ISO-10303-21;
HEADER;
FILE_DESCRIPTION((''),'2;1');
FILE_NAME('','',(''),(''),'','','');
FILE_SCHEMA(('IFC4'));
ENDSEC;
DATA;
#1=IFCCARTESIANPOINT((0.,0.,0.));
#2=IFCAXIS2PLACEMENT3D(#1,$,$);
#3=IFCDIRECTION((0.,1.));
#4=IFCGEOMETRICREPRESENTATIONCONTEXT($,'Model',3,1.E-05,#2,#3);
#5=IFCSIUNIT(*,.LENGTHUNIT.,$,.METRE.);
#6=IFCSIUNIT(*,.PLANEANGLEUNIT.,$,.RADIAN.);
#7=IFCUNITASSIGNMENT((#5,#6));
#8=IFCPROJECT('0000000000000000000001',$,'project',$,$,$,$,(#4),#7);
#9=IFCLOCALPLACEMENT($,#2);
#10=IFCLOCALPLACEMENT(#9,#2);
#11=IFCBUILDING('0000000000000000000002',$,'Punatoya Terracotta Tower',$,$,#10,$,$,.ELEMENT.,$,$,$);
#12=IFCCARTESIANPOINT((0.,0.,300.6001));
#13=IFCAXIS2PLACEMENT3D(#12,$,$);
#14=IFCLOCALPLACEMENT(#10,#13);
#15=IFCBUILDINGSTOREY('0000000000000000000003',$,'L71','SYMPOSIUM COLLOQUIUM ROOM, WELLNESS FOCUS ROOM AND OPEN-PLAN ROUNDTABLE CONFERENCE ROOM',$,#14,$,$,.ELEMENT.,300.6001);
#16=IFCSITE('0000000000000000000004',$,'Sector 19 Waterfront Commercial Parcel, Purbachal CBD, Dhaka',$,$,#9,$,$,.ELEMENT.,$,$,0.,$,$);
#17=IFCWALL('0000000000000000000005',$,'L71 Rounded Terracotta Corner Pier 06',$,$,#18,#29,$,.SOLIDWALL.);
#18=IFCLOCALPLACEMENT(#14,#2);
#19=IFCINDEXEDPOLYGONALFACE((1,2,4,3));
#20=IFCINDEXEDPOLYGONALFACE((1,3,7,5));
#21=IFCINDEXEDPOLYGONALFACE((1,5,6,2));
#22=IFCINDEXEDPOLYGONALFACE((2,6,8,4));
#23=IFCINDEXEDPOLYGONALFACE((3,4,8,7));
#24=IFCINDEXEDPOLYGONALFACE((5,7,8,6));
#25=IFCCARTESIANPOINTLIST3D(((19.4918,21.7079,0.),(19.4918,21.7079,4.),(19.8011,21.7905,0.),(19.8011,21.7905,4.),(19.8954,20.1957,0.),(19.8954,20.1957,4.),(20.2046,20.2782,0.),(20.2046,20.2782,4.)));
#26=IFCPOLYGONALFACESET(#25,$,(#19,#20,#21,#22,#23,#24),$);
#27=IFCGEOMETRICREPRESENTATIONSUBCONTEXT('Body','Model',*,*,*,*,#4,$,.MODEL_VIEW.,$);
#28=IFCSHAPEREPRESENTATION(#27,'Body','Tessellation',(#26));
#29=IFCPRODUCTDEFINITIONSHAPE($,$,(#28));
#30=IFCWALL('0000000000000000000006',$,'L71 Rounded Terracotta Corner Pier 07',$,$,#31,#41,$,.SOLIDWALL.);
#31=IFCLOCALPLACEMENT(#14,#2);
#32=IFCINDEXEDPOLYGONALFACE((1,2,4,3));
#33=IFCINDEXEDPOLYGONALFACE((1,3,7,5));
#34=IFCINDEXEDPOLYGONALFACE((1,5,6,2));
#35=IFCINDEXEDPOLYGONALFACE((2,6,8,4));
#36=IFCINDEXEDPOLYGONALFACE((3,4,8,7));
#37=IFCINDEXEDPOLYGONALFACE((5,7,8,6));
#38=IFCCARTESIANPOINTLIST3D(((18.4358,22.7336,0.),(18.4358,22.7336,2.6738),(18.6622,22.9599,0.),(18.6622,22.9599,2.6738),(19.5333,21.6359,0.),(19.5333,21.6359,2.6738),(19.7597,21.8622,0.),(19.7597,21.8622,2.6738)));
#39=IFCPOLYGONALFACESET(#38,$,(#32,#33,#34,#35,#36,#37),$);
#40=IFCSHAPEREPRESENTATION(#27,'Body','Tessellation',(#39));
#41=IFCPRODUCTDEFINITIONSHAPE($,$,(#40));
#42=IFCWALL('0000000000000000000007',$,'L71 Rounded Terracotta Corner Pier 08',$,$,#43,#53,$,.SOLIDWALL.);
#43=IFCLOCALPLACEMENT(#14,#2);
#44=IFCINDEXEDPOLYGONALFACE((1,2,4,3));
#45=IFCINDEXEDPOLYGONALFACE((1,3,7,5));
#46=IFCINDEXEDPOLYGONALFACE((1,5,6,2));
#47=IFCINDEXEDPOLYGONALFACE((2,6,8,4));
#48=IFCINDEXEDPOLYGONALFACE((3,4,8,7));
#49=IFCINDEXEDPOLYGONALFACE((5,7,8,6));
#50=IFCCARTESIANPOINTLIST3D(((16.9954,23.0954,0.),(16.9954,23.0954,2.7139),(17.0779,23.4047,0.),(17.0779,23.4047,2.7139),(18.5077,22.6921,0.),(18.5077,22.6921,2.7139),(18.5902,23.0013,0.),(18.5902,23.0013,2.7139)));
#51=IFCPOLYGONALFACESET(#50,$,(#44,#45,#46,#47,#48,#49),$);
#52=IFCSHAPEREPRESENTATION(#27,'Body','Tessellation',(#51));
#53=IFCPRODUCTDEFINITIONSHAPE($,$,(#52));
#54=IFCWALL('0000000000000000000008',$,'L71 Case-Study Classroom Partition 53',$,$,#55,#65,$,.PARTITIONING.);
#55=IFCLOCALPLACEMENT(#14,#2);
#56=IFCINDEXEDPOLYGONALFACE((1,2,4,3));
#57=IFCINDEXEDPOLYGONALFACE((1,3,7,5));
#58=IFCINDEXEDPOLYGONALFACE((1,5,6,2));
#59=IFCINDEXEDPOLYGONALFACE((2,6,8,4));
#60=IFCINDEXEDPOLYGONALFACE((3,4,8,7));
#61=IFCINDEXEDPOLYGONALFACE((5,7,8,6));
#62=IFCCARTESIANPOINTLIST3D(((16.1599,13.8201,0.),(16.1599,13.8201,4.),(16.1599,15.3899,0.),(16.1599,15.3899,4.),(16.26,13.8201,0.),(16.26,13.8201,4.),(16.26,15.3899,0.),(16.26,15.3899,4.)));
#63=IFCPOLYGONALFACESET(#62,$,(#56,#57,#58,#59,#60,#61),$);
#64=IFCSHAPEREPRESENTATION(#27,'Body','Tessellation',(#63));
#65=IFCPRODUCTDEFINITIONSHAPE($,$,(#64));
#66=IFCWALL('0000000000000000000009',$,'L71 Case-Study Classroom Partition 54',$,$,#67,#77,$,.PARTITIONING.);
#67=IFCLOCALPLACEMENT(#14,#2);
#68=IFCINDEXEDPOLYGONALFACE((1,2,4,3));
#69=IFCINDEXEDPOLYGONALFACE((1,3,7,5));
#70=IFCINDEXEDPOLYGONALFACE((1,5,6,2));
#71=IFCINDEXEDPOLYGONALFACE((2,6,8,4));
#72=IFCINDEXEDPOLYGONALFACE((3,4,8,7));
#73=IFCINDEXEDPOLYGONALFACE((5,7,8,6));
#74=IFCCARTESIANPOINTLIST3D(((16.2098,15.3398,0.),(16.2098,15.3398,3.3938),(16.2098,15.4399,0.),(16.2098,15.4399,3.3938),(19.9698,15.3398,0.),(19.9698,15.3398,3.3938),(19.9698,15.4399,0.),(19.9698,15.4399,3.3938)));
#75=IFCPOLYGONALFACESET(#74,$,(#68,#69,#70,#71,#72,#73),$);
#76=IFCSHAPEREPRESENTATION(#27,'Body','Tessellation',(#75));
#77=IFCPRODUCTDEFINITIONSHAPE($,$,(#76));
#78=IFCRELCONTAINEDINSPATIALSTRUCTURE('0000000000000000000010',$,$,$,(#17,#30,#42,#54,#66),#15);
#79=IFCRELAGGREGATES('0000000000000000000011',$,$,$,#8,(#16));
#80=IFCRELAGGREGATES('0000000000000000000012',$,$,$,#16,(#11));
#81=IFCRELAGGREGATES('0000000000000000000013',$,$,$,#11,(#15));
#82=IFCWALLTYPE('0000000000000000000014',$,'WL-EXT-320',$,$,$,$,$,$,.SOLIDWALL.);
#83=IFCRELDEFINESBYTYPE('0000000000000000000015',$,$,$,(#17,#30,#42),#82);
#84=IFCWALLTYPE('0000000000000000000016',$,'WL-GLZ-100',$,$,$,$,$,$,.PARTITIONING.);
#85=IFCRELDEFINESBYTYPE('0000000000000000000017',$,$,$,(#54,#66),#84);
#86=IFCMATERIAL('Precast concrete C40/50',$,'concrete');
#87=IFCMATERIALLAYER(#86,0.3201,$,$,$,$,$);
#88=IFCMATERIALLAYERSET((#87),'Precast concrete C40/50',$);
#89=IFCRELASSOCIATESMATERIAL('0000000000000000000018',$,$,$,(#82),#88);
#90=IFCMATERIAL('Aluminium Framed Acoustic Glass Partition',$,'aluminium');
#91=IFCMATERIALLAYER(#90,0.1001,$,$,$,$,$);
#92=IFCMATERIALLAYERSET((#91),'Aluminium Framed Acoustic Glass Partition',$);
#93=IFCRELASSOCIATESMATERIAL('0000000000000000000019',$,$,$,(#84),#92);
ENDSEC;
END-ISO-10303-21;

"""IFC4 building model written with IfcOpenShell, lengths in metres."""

from ifc_helpers import new_model, si_unit, direction, frame, frame_2d, origin, place, context, subcontext, project, spatial, rectangle, extrude, material, layer, layer_set, type_object, element, save


model = new_model("IFC4")

# Units and contexts
model_context = context("Model", 3, precision=1e-05, world=origin(), true_north=direction((0.0, 1.0)))
body_context = subcontext(model_context, "Body", "Model", "MODEL_VIEW")
ifc_project = project(units=[si_unit("LENGTHUNIT", "METRE"), si_unit("PLANEANGLEUNIT", "RADIAN")], contexts=[model_context])

# Site, building, storey
site_placement = place(None, origin())
site = spatial("IfcSite", under=ifc_project, at=site_placement, Name="Sector 19 Waterfront Commercial Parcel, Purbachal CBD, Dhaka", CompositionType="ELEMENT", RefElevation=0.0)
building_placement = place(site_placement, origin())
building = spatial("IfcBuilding", under=site, at=building_placement, Name="Punatoya Terracotta Tower", CompositionType="ELEMENT")
storey_placement = place(building_placement, frame((0.0, 0.0, 300.6001)))
storey = spatial("IfcBuildingStorey", under=building, at=storey_placement, Name="L71", Description="SYMPOSIUM COLLOQUIUM ROOM, WELLNESS FOCUS ROOM AND OPEN-PLAN ROUNDTABLE CONFERENCE ROOM", CompositionType="ELEMENT", Elevation=300.6001)

# Walls
ifc_material_1 = material(Name="Precast concrete C40/50", Category="concrete")
ifc_layer_1 = layer(ifc_material_1, 0.3201)
ifc_layer_set_1 = layer_set([ifc_layer_1], Name="Precast concrete C40/50")
wall_type_1 = type_object("IfcWallType", Name="WL-EXT-320", PredefinedType="SOLIDWALL", material=ifc_layer_set_1)
wall_1_placement = place(storey_placement, frame((20.05, 20.2368, 0.0), z_axis=(0.0, 0.0, 1.0), x_axis=(-0.257847, 0.966186, 0.0)))
element("IfcWall", 1, at=wall_1_placement, inside=storey, type_object=wall_type_1, Name="L71 Rounded Terracotta Corner Pier 06", PredefinedType="SOLIDWALL", context=body_context, shape_type="SweptSolid", body=[
    extrude(rectangle(XDim=1.5652, YDim=0.3201, at=frame_2d((0.7827, 0.0))), origin(), (0.0, 0.0, 1.0), 4.0),
])
wall_2_placement = place(storey_placement, frame((19.6465, 21.749, 0.0), z_axis=(0.0, 0.0, 1.0), x_axis=(-0.707028, 0.707185, 0.0)))
element("IfcWall", 2, at=wall_2_placement, inside=storey, type_object=wall_type_1, Name="L71 Rounded Terracotta Corner Pier 07", PredefinedType="SOLIDWALL", context=body_context, shape_type="SweptSolid", body=[
    extrude(rectangle(XDim=1.5522, YDim=0.3201, at=frame_2d((0.7761, 0.0))), origin(), (0.0, 0.0, 1.0), 2.6738),
])
wall_3_placement = place(storey_placement, frame((18.5491, 22.8467, 0.0), z_axis=(0.0, 0.0, 1.0), x_axis=(-0.966225, 0.257701, 0.0)))
element("IfcWall", 3, at=wall_3_placement, inside=storey, type_object=wall_type_1, Name="L71 Rounded Terracotta Corner Pier 08", PredefinedType="SOLIDWALL", context=body_context, shape_type="SweptSolid", body=[
    extrude(rectangle(XDim=1.5652, YDim=0.3201, at=frame_2d((0.7827, 0.0))), origin(), (0.0, 0.0, 1.0), 2.7139),
])
ifc_material_2 = material(Name="Aluminium Framed Acoustic Glass Partition", Category="aluminium")
ifc_layer_2 = layer(ifc_material_2, 0.1001)
ifc_layer_set_2 = layer_set([ifc_layer_2], Name="Aluminium Framed Acoustic Glass Partition")
wall_type_2 = type_object("IfcWallType", Name="WL-GLZ-100", PredefinedType="PARTITIONING", material=ifc_layer_set_2)
wall_4_placement = place(storey_placement, frame((16.21, 13.8201, 0.0), z_axis=(0.0, 0.0, 1.0), x_axis=(0.0, 1.0, 0.0)))
element("IfcWall", 4, at=wall_4_placement, inside=storey, type_object=wall_type_2, Name="L71 Case-Study Classroom Partition 53", PredefinedType="PARTITIONING", context=body_context, shape_type="SweptSolid", body=[
    extrude(rectangle(XDim=1.5698, YDim=0.1001, at=frame_2d((0.7849, 0.0))), origin(), (0.0, 0.0, 1.0), 4.0),
])
wall_5_placement = place(storey_placement, frame((16.21, 15.3899, 0.0), z_axis=(0.0, 0.0, 1.0), x_axis=(1.0, 0.0, 0.0)))
element("IfcWall", 5, at=wall_5_placement, inside=storey, type_object=wall_type_2, Name="L71 Case-Study Classroom Partition 54", PredefinedType="PARTITIONING", context=body_context, shape_type="SweptSolid", body=[
    extrude(rectangle(XDim=3.76, YDim=0.1001, at=frame_2d((1.8799, 0.0))), origin(), (0.0, 0.0, 1.0), 3.3938),
])

save(model, "model.ifc")
